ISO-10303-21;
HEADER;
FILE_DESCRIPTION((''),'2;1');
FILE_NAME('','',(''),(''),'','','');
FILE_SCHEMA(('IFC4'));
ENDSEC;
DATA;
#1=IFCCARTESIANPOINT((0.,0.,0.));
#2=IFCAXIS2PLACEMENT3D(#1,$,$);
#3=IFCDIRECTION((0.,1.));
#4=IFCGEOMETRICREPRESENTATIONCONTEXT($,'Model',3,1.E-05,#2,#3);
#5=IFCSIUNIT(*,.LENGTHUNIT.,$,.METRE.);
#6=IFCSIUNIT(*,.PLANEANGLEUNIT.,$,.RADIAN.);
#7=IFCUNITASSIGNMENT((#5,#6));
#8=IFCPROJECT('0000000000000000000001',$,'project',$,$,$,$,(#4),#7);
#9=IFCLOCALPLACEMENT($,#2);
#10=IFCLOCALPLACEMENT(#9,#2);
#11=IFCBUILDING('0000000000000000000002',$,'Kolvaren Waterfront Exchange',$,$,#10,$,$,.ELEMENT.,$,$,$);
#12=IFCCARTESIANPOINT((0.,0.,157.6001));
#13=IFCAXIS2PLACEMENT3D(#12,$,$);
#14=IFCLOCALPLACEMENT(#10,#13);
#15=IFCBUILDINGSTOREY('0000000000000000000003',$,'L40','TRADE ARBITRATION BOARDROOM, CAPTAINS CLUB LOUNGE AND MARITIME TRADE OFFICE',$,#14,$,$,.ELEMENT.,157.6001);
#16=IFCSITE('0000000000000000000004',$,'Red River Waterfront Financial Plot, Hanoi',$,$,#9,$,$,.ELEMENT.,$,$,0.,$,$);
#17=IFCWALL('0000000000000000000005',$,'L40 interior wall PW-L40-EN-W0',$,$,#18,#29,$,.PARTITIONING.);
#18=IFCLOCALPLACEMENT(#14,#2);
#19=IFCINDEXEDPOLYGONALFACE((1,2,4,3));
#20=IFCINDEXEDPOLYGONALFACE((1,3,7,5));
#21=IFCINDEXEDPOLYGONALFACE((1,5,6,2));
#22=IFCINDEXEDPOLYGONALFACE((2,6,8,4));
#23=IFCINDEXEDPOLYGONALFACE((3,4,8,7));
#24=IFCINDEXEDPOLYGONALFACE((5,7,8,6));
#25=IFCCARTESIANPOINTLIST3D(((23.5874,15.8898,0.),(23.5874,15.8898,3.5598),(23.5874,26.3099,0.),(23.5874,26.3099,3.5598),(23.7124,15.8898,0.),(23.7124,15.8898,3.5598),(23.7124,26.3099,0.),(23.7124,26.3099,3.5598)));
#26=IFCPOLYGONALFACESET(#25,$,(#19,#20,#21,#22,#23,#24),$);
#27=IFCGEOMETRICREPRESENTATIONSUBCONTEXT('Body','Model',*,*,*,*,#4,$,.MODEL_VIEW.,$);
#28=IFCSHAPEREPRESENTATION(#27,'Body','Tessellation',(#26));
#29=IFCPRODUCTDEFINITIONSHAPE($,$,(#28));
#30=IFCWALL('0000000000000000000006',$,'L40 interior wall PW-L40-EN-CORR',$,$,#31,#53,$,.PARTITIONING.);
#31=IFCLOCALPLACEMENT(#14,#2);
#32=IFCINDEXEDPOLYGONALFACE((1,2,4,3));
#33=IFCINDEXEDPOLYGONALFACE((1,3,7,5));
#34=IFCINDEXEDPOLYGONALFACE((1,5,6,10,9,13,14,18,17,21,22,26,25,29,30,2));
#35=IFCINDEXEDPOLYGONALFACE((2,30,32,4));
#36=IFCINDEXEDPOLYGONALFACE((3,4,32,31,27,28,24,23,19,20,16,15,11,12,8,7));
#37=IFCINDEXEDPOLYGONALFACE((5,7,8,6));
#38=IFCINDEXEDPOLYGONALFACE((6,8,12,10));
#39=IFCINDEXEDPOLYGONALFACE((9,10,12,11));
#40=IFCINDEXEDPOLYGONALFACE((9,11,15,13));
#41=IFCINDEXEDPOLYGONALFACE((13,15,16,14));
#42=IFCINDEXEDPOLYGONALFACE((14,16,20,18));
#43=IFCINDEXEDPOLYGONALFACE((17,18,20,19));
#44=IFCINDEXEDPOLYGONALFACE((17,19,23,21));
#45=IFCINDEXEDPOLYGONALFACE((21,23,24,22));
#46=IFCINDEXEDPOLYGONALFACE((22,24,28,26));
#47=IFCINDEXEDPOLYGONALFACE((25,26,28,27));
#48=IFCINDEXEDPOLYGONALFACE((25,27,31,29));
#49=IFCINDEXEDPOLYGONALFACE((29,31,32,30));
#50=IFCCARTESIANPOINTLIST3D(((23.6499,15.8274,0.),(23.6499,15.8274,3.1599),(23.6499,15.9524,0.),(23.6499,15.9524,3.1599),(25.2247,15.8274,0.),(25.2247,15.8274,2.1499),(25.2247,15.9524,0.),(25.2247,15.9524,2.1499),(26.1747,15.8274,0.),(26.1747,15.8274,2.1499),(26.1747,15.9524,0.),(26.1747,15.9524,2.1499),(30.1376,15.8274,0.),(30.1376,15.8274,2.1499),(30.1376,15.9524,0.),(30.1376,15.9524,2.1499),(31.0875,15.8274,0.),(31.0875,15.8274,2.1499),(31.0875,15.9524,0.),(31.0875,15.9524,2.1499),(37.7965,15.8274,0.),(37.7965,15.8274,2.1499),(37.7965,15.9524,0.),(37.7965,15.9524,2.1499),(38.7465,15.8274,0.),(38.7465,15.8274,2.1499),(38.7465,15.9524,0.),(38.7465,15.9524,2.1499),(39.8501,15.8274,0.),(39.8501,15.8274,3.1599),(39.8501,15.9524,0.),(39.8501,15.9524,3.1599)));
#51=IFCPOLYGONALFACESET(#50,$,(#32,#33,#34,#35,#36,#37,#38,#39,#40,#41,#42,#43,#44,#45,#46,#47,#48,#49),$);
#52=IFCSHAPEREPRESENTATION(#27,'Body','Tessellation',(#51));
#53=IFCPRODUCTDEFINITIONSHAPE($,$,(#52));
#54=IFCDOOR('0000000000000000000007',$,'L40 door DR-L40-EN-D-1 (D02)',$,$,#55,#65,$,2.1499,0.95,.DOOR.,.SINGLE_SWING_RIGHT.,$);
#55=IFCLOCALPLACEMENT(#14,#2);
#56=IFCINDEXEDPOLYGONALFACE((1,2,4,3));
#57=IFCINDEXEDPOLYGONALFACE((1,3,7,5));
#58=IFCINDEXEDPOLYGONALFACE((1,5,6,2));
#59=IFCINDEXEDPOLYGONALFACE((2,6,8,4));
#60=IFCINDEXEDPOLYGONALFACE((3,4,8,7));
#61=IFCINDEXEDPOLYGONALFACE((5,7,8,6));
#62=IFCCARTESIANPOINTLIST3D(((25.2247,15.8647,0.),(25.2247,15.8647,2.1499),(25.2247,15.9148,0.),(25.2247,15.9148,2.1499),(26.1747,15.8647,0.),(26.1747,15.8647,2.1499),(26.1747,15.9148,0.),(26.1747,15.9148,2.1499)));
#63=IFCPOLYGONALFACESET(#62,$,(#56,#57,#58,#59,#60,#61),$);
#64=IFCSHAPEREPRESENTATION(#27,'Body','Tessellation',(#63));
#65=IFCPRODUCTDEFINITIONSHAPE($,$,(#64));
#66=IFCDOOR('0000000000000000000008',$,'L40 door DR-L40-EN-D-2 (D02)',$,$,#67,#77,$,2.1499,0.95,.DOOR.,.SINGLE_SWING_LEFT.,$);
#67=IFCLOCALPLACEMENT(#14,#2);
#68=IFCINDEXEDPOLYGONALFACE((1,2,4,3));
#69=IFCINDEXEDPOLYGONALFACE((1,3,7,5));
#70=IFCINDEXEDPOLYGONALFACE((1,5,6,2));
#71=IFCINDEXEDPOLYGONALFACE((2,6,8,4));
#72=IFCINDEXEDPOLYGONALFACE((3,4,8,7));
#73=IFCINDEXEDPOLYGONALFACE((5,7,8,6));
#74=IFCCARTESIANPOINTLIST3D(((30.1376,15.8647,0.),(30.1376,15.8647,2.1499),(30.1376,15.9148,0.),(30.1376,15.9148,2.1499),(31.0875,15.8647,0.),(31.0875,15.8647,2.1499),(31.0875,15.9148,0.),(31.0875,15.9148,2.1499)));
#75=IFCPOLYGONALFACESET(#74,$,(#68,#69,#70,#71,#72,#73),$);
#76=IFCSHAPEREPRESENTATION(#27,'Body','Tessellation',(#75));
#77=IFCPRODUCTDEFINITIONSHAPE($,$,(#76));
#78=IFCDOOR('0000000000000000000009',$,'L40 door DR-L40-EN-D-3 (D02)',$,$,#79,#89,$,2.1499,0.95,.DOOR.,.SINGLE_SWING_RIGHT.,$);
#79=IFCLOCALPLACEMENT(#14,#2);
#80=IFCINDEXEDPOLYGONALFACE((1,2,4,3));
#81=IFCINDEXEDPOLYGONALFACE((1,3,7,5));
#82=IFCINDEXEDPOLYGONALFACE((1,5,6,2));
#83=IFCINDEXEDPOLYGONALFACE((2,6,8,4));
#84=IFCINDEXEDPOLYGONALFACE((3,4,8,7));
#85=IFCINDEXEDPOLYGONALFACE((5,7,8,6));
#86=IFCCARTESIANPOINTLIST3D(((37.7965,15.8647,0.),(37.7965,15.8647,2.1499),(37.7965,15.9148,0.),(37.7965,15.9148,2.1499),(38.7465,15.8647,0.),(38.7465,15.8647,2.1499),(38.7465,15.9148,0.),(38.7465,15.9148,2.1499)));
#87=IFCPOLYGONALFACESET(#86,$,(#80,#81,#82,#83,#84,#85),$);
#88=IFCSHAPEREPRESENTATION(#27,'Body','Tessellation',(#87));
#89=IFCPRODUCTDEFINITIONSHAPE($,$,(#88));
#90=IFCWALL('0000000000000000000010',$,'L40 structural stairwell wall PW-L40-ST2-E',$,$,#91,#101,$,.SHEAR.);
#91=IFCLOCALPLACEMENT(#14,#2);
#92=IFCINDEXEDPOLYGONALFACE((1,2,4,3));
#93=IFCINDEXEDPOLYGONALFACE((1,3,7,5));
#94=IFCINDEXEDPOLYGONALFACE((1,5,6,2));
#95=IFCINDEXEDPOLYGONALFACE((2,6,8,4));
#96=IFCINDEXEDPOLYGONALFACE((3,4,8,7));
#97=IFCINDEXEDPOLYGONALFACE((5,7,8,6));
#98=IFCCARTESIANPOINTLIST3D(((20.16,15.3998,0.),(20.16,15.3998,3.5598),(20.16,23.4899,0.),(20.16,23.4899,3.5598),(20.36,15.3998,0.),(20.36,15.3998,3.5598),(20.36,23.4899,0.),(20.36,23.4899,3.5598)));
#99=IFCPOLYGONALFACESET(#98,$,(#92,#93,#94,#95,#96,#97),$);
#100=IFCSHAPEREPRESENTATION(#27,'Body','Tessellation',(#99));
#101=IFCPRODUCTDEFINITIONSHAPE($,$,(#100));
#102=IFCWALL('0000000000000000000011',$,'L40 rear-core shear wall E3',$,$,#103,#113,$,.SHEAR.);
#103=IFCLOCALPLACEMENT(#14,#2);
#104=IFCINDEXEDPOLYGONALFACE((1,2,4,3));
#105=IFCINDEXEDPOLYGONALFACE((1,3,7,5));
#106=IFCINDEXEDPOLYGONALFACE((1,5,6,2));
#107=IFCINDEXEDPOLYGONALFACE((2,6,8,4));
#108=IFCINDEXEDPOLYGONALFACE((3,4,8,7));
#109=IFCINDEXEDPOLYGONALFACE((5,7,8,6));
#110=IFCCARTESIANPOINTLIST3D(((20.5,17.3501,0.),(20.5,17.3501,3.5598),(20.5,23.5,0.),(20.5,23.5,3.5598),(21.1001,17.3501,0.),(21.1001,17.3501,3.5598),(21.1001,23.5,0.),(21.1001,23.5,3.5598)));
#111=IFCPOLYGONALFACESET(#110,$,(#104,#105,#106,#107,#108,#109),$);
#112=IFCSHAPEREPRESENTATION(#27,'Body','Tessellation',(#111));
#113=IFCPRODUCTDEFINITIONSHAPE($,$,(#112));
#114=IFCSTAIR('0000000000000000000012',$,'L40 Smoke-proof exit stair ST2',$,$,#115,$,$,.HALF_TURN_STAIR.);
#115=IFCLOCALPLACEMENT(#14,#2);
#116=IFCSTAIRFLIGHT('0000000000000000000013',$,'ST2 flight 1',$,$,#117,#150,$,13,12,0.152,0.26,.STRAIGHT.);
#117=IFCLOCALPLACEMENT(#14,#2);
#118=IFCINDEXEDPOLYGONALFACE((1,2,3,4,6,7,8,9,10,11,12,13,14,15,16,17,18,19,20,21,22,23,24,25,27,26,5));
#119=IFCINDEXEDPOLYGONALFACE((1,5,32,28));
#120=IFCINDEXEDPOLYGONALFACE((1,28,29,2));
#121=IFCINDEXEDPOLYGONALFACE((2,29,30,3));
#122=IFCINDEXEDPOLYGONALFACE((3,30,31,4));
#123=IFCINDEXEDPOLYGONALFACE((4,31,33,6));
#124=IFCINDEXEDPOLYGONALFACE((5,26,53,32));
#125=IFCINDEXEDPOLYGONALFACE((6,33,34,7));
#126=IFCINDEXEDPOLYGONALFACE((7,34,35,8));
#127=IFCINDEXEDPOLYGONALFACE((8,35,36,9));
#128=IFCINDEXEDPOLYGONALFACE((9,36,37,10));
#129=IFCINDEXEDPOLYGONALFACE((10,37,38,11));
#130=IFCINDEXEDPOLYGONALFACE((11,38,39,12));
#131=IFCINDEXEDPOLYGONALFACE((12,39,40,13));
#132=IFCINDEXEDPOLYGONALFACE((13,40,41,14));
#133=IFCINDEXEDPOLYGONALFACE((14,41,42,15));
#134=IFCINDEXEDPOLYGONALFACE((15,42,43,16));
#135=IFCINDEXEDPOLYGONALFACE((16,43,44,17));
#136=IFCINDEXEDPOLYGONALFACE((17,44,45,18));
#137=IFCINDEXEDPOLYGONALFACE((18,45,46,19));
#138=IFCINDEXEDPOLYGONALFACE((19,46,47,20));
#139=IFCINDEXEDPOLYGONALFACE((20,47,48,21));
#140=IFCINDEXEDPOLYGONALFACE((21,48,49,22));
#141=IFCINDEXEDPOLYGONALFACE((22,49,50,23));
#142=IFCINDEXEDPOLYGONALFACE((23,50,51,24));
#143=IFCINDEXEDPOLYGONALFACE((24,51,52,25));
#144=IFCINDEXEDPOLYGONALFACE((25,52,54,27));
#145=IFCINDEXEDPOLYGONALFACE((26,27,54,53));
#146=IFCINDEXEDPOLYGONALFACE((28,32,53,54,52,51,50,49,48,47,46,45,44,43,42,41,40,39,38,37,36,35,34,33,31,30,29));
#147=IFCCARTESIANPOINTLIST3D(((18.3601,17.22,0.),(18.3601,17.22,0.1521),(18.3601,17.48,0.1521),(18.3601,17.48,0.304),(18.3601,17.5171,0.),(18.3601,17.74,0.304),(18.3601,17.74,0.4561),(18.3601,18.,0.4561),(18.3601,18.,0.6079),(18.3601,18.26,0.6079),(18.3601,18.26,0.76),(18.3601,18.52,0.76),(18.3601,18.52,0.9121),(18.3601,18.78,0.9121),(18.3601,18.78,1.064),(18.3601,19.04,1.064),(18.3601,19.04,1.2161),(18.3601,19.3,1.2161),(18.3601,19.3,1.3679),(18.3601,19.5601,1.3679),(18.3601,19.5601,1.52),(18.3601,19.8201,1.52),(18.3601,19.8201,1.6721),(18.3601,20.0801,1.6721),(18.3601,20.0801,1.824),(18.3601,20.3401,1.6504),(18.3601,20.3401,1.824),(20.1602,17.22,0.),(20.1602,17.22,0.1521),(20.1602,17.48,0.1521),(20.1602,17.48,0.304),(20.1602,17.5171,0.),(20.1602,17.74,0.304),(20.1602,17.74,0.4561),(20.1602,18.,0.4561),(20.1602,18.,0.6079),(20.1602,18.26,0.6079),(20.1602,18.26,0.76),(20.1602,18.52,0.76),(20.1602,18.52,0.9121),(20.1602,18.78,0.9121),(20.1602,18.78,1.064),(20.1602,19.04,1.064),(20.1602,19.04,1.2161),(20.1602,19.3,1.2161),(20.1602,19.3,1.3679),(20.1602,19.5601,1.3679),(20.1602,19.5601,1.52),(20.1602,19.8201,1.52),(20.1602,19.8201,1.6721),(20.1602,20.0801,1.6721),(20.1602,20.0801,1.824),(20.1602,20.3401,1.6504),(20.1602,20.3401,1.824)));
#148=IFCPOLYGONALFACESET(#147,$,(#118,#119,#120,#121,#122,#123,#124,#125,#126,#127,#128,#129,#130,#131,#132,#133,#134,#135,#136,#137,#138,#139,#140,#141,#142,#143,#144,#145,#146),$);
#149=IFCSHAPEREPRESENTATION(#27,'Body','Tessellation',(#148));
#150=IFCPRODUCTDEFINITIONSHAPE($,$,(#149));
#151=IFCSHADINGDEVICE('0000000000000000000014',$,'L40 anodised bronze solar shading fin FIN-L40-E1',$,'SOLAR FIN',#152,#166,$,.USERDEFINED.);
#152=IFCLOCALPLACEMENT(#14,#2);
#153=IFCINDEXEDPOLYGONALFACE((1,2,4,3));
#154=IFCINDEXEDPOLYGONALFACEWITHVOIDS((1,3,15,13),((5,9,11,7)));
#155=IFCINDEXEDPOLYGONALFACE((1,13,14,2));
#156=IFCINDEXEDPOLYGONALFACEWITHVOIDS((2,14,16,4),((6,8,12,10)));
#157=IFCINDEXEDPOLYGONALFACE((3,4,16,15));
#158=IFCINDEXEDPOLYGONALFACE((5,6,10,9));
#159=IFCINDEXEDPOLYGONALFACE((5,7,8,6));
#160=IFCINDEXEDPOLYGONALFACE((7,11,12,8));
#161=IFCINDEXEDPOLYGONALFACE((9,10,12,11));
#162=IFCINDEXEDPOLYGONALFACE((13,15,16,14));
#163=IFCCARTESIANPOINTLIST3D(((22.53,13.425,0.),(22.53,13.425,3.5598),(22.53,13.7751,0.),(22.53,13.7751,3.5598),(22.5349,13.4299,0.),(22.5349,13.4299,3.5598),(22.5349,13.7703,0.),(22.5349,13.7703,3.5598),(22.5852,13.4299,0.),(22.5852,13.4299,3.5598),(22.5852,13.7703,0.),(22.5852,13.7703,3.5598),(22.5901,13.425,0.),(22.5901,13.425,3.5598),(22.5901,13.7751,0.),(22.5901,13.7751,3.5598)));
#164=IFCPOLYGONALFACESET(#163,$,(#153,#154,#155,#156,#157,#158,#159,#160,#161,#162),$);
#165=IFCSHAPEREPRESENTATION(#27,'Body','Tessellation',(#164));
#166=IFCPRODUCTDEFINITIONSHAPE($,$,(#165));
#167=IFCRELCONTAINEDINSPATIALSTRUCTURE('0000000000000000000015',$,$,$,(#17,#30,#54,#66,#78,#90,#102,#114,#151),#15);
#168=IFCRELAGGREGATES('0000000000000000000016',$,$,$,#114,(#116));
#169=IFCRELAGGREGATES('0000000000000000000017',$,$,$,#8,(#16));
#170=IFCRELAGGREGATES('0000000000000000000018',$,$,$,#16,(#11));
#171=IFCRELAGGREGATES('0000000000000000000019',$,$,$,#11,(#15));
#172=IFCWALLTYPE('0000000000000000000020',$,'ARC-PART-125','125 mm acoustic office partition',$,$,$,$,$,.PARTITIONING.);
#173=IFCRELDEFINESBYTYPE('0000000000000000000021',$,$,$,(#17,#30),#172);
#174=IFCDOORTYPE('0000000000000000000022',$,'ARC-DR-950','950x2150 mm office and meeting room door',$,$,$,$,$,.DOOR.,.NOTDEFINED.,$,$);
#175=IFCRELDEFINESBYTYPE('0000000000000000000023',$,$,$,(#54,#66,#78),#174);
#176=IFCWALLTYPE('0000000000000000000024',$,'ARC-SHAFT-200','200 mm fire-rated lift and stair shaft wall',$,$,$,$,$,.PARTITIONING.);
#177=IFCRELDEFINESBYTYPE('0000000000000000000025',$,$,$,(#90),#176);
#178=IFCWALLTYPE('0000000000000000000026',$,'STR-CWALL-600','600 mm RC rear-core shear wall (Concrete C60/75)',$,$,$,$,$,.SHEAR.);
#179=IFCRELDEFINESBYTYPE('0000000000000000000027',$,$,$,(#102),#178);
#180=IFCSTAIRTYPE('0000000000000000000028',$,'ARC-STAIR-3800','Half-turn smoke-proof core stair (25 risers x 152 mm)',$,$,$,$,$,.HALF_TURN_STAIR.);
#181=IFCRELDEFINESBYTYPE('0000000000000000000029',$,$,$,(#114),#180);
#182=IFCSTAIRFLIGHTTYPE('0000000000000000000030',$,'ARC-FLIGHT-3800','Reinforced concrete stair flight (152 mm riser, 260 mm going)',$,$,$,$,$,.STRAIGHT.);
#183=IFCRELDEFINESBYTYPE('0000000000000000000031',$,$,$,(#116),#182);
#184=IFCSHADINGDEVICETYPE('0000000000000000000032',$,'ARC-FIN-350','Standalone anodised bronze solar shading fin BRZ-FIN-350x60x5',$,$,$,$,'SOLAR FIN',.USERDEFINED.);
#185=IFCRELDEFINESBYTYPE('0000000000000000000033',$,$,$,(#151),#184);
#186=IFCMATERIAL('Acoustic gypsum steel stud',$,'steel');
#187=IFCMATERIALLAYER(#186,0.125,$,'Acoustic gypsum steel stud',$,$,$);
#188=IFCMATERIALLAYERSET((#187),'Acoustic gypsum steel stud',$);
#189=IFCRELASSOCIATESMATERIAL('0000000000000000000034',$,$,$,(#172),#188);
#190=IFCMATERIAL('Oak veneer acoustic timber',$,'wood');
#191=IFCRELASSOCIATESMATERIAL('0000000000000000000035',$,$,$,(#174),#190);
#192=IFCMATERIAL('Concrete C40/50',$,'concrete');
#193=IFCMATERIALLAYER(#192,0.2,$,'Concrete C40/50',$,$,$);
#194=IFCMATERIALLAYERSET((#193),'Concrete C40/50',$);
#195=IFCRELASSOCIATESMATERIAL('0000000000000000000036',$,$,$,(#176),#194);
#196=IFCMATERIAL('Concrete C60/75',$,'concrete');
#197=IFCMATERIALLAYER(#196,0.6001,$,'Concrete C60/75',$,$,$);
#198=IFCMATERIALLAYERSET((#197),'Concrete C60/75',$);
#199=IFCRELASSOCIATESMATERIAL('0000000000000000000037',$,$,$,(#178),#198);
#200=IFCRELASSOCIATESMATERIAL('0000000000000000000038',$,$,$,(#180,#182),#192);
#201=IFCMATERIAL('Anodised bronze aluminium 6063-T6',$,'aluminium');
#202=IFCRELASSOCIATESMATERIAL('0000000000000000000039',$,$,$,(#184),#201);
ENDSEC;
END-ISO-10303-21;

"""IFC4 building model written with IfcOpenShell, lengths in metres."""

from ifc_helpers import new_model, si_unit, direction, frame, frame_2d, origin, origin_2d, place, context, subcontext, project, spatial, polyline, rectangle, hollow_rectangle, outline, extrude, material, layer, layer_set, material_profile, profile_set, type_object, element, fill, aggregate, save


model = new_model("IFC4")

# Units and contexts
model_context = context("Model", 3, precision=1e-05, world=origin(), true_north=direction((0.0, 1.0)))
body_context = subcontext(model_context, "Body", "Model", "MODEL_VIEW")
ifc_project = project(units=[si_unit("LENGTHUNIT", "METRE"), si_unit("PLANEANGLEUNIT", "RADIAN")], contexts=[model_context])

# Site, building, storey
site_placement = place(None, origin())
site = spatial("IfcSite", under=ifc_project, at=site_placement, Name="Red River Waterfront Financial Plot, Hanoi", CompositionType="ELEMENT", RefElevation=0.0)
building_placement = place(site_placement, origin())
building = spatial("IfcBuilding", under=site, at=building_placement, Name="Kolvaren Waterfront Exchange", CompositionType="ELEMENT")
storey_placement = place(building_placement, frame((0.0, 0.0, 157.6001)))
storey = spatial("IfcBuildingStorey", under=building, at=storey_placement, Name="L40", Description="TRADE ARBITRATION BOARDROOM, CAPTAINS CLUB LOUNGE AND MARITIME TRADE OFFICE", CompositionType="ELEMENT", Elevation=157.6001)

# Shared definitions
ifc_material_1 = material(Name="Concrete C60/75", Category="concrete")

# Shared definitions
ifc_material_2 = material(Name="Acoustic gypsum steel stud", Category="steel")
ifc_layer_1 = layer(ifc_material_2, 0.125, Name="Acoustic gypsum steel stud")
ifc_layer_set_1 = layer_set([ifc_layer_1], Name="Acoustic gypsum steel stud")
wall_type_1 = type_object("IfcWallType", Name="ARC-PART-125", Description="125 mm acoustic office partition", PredefinedType="PARTITIONING", material=ifc_layer_set_1)
ifc_material_3 = material(Name="Oak veneer acoustic timber", Category="wood")
door_type_1 = type_object("IfcDoorType", Name="ARC-DR-950", Description="950x2150 mm office and meeting room door", OperationType="NOTDEFINED", PredefinedType="DOOR", material=ifc_material_3)

# Wall
wall_1_placement = place(storey_placement, frame((23.6499, 15.8899, 0.0), z_axis=(0.0, 0.0, 1.0), x_axis=(0.0, 1.0, 0.0)))
element("IfcWall", 1, at=wall_1_placement, inside=storey, type_object=wall_type_1, Name="L40 interior wall PW-L40-EN-W0", PredefinedType="PARTITIONING", context=body_context, shape_type="SweptSolid", body=[
    extrude(rectangle(XDim=10.4202, YDim=0.125, at=frame_2d((5.21, 0.0))), origin(), (0.0, 0.0, 1.0), 3.5598),
])

# Wall, openings, doors
wall_2_placement = place(storey_placement, frame((23.6499, 15.8899, 0.0), z_axis=(0.0, 0.0, 1.0), x_axis=(1.0, 0.0, 0.0)))
wall_2 = element("IfcWall", 2, at=wall_2_placement, inside=storey, type_object=wall_type_1, Name="L40 interior wall PW-L40-EN-CORR", PredefinedType="PARTITIONING", context=body_context, shape_type="SweptSolid", body=[
    extrude(rectangle(XDim=16.2002, YDim=0.125, at=frame_2d((8.1001, 0.0))), origin(), (0.0, 0.0, 1.0), 3.1599),
])
opening_1_placement = place(wall_2_placement, frame((1.5747, 0.0, 0.0)))
opening_1 = element("IfcOpeningElement", 3, at=opening_1_placement, cuts=wall_2, PredefinedType="OPENING", context=body_context, shape_type="SweptSolid", body=[
    extrude(rectangle(XDim=0.95, YDim=2.1499, at=frame_2d((0.4751, 1.075))), frame((0.0, 0.0725, 0.0), z_axis=(0.0, -1.0, 0.0), x_axis=(1.0, 0.0, 0.0)), (0.0, 0.0, 1.0), 0.145),
])
opening_2_placement = place(wall_2_placement, frame((6.4875, 0.0, 0.0)))
opening_2 = element("IfcOpeningElement", 4, at=opening_2_placement, cuts=wall_2, PredefinedType="OPENING", context=body_context, shape_type="SweptSolid", body=[
    extrude(rectangle(XDim=0.95, YDim=2.1499, at=frame_2d((0.4751, 1.075))), frame((0.0, 0.0725, 0.0), z_axis=(0.0, -1.0, 0.0), x_axis=(1.0, 0.0, 0.0)), (0.0, 0.0, 1.0), 0.145),
])
opening_3_placement = place(wall_2_placement, frame((14.1465, 0.0, 0.0)))
opening_3 = element("IfcOpeningElement", 5, at=opening_3_placement, cuts=wall_2, PredefinedType="OPENING", context=body_context, shape_type="SweptSolid", body=[
    extrude(rectangle(XDim=0.95, YDim=2.1499, at=frame_2d((0.4751, 1.075))), frame((0.0, 0.0725, 0.0), z_axis=(0.0, -1.0, 0.0), x_axis=(1.0, 0.0, 0.0)), (0.0, 0.0, 1.0), 0.145),
])
door_1_placement = place(opening_1_placement, origin())
door_1 = element("IfcDoor", 6, at=door_1_placement, inside=storey, type_object=door_type_1, Name="L40 door DR-L40-EN-D-1 (D02)", OperationType="SINGLE_SWING_RIGHT", OverallHeight=2.1499, OverallWidth=0.95, PredefinedType="DOOR", context=body_context, shape_type="SweptSolid", body=[
    extrude(rectangle(XDim=0.95, YDim=2.1499, at=frame_2d((0.4751, 1.075))), frame((0.0, 0.0249, 0.0), z_axis=(0.0, -1.0, 0.0), x_axis=(1.0, 0.0, 0.0)), (0.0, 0.0, 1.0), 0.05),
])
fill(opening_1, door_1)
door_2_placement = place(opening_2_placement, origin())
door_2 = element("IfcDoor", 7, at=door_2_placement, inside=storey, type_object=door_type_1, Name="L40 door DR-L40-EN-D-2 (D02)", OperationType="SINGLE_SWING_LEFT", OverallHeight=2.1499, OverallWidth=0.95, PredefinedType="DOOR", context=body_context, shape_type="SweptSolid", body=[
    extrude(rectangle(XDim=0.95, YDim=2.1499, at=frame_2d((0.4751, 1.075))), frame((0.0, 0.0249, 0.0), z_axis=(0.0, -1.0, 0.0), x_axis=(1.0, 0.0, 0.0)), (0.0, 0.0, 1.0), 0.05),
])
fill(opening_2, door_2)
door_3_placement = place(opening_3_placement, origin())
door_3 = element("IfcDoor", 8, at=door_3_placement, inside=storey, type_object=door_type_1, Name="L40 door DR-L40-EN-D-3 (D02)", OperationType="SINGLE_SWING_RIGHT", OverallHeight=2.1499, OverallWidth=0.95, PredefinedType="DOOR", context=body_context, shape_type="SweptSolid", body=[
    extrude(rectangle(XDim=0.95, YDim=2.1499, at=frame_2d((0.4751, 1.075))), frame((0.0, 0.0249, 0.0), z_axis=(0.0, -1.0, 0.0), x_axis=(1.0, 0.0, 0.0)), (0.0, 0.0, 1.0), 0.05),
])
fill(opening_3, door_3)

# Walls
ifc_material_4 = material(Name="Concrete C40/50", Category="concrete")
ifc_layer_2 = layer(ifc_material_4, 0.2, Name="Concrete C40/50")
ifc_layer_set_2 = layer_set([ifc_layer_2], Name="Concrete C40/50")
wall_type_2 = type_object("IfcWallType", Name="ARC-SHAFT-200", Description="200 mm fire-rated lift and stair shaft wall", PredefinedType="PARTITIONING", material=ifc_layer_set_2)
wall_3_placement = place(storey_placement, frame((20.26, 15.3999, 0.0), z_axis=(0.0, 0.0, 1.0), x_axis=(0.0, 1.0, 0.0)))
element("IfcWall", 9, at=wall_3_placement, inside=storey, type_object=wall_type_2, Name="L40 structural stairwell wall PW-L40-ST2-E", PredefinedType="SHEAR", context=body_context, shape_type="SweptSolid", body=[
    extrude(rectangle(XDim=8.0901, YDim=0.2, at=frame_2d((4.0449, 0.0))), origin(), (0.0, 0.0, 1.0), 3.5598),
])
ifc_layer_3 = layer(ifc_material_1, 0.6001, Name="Concrete C60/75")
ifc_layer_set_3 = layer_set([ifc_layer_3], Name="Concrete C60/75")
wall_type_3 = type_object("IfcWallType", Name="STR-CWALL-600", Description="600 mm RC rear-core shear wall (Concrete C60/75)", PredefinedType="SHEAR", material=ifc_layer_set_3)
wall_4_placement = place(storey_placement, frame((20.8, 17.3501, 0.0), z_axis=(0.0, 0.0, 1.0), x_axis=(0.0, 1.0, 0.0)))
element("IfcWall", 10, at=wall_4_placement, inside=storey, type_object=wall_type_3, Name="L40 rear-core shear wall E3", PredefinedType="SHEAR", context=body_context, shape_type="SweptSolid", body=[
    extrude(rectangle(XDim=6.1499, YDim=0.6001, at=frame_2d((3.075, 0.0))), origin(), (0.0, 0.0, 1.0), 3.5598),
])

# Stair, stair flight
stair_type = type_object("IfcStairType", Name="ARC-STAIR-3800", Description="Half-turn smoke-proof core stair (25 risers x 152 mm)", PredefinedType="HALF_TURN_STAIR", material=ifc_material_4)
stair_placement = place(storey_placement, origin())
stair = element("IfcStair", 11, at=stair_placement, inside=storey, type_object=stair_type, Name="L40 Smoke-proof exit stair ST2", PredefinedType="HALF_TURN_STAIR")
stair_flight_type = type_object("IfcStairFlightType", Name="ARC-FLIGHT-3800", Description="Reinforced concrete stair flight (152 mm riser, 260 mm going)", PredefinedType="STRAIGHT", material=ifc_material_4)
stair_flight_placement = place(storey_placement, frame((19.26, 17.22, 0.0), z_axis=(0.0, 0.0, 1.0), x_axis=(0.0, 1.0, 0.0)))
stair_flight = element("IfcStairFlight", 12, at=stair_flight_placement, type_object=stair_flight_type, Name="ST2 flight 1", NumberOfRisers=13, NumberOfTreads=12, PredefinedType="STRAIGHT", RiserHeight=0.152, TreadLength=0.26, context=body_context, shape_type="SweptSolid", body=[
    extrude(outline(polyline([(0.0, 0.0), (0.0, 0.1521), (0.26, 0.1521), (0.26, 0.304), (0.52, 0.304), (0.52, 0.4561), (0.78, 0.4561), (0.78, 0.6079), (1.04, 0.6079), (1.04, 0.76), (1.3, 0.76), (1.3, 0.9121), (1.5601, 0.9121), (1.5601, 1.064), (1.8201, 1.064), (1.8201, 1.2161), (2.0801, 1.2161), (2.0801, 1.3679), (2.3401, 1.3679), (2.3401, 1.52), (2.6001, 1.52), (2.6001, 1.6721), (2.8601, 1.6721), (2.8601, 1.824), (3.1201, 1.824), (3.1201, 1.9761), (3.1201, 1.6504), (0.2971, 0.0), (0.0, 0.0)])), frame((0.0, 0.8999, 0.0), z_axis=(0.0, -1.0, 0.0), x_axis=(1.0, 0.0, 0.0)), (0.0, 0.0, 1.0), 1.8),
])
aggregate(stair, [stair_flight])

# Shading device
ifc_material_5 = material(Name="Anodised bronze aluminium 6063-T6", Category="aluminium")
ifc_material_profile_1 = material_profile(ifc_material_5, hollow_rectangle(XDim=0.0601, YDim=0.3501, WallThickness=0.0049, at=origin_2d()), Name="BRZ-FIN-350x60x5")
ifc_profile_set_1 = profile_set([ifc_material_profile_1], Name="Anodised bronze aluminium 6063-T6")
shading_device_type = type_object("IfcShadingDeviceType", Name="ARC-FIN-350", Description="Standalone anodised bronze solar shading fin BRZ-FIN-350x60x5", ElementType="SOLAR FIN", PredefinedType="USERDEFINED", material=ifc_profile_set_1)
for number, where, z_axis, x_axis, name in (
    (13, (22.5601, 13.6001, 0.0), (0.0, 0.0, 1.0), (1.0, 0.0, 0.0), "L40 anodised bronze solar shading fin FIN-L40-E1"),
):
    element("IfcShadingDevice", number, at=place(storey_placement, frame(where, z_axis=z_axis, x_axis=x_axis)), inside=storey, type_object=shading_device_type, Name=name, ObjectType="SOLAR FIN", PredefinedType="USERDEFINED", context=body_context, shape_type="SweptSolid", body=[
        extrude(hollow_rectangle(XDim=0.0601, YDim=0.3501, WallThickness=0.0049, at=origin_2d()), origin(), (0.0, 0.0, 1.0), 3.5598),
    ])

save(model, "model.ifc")
